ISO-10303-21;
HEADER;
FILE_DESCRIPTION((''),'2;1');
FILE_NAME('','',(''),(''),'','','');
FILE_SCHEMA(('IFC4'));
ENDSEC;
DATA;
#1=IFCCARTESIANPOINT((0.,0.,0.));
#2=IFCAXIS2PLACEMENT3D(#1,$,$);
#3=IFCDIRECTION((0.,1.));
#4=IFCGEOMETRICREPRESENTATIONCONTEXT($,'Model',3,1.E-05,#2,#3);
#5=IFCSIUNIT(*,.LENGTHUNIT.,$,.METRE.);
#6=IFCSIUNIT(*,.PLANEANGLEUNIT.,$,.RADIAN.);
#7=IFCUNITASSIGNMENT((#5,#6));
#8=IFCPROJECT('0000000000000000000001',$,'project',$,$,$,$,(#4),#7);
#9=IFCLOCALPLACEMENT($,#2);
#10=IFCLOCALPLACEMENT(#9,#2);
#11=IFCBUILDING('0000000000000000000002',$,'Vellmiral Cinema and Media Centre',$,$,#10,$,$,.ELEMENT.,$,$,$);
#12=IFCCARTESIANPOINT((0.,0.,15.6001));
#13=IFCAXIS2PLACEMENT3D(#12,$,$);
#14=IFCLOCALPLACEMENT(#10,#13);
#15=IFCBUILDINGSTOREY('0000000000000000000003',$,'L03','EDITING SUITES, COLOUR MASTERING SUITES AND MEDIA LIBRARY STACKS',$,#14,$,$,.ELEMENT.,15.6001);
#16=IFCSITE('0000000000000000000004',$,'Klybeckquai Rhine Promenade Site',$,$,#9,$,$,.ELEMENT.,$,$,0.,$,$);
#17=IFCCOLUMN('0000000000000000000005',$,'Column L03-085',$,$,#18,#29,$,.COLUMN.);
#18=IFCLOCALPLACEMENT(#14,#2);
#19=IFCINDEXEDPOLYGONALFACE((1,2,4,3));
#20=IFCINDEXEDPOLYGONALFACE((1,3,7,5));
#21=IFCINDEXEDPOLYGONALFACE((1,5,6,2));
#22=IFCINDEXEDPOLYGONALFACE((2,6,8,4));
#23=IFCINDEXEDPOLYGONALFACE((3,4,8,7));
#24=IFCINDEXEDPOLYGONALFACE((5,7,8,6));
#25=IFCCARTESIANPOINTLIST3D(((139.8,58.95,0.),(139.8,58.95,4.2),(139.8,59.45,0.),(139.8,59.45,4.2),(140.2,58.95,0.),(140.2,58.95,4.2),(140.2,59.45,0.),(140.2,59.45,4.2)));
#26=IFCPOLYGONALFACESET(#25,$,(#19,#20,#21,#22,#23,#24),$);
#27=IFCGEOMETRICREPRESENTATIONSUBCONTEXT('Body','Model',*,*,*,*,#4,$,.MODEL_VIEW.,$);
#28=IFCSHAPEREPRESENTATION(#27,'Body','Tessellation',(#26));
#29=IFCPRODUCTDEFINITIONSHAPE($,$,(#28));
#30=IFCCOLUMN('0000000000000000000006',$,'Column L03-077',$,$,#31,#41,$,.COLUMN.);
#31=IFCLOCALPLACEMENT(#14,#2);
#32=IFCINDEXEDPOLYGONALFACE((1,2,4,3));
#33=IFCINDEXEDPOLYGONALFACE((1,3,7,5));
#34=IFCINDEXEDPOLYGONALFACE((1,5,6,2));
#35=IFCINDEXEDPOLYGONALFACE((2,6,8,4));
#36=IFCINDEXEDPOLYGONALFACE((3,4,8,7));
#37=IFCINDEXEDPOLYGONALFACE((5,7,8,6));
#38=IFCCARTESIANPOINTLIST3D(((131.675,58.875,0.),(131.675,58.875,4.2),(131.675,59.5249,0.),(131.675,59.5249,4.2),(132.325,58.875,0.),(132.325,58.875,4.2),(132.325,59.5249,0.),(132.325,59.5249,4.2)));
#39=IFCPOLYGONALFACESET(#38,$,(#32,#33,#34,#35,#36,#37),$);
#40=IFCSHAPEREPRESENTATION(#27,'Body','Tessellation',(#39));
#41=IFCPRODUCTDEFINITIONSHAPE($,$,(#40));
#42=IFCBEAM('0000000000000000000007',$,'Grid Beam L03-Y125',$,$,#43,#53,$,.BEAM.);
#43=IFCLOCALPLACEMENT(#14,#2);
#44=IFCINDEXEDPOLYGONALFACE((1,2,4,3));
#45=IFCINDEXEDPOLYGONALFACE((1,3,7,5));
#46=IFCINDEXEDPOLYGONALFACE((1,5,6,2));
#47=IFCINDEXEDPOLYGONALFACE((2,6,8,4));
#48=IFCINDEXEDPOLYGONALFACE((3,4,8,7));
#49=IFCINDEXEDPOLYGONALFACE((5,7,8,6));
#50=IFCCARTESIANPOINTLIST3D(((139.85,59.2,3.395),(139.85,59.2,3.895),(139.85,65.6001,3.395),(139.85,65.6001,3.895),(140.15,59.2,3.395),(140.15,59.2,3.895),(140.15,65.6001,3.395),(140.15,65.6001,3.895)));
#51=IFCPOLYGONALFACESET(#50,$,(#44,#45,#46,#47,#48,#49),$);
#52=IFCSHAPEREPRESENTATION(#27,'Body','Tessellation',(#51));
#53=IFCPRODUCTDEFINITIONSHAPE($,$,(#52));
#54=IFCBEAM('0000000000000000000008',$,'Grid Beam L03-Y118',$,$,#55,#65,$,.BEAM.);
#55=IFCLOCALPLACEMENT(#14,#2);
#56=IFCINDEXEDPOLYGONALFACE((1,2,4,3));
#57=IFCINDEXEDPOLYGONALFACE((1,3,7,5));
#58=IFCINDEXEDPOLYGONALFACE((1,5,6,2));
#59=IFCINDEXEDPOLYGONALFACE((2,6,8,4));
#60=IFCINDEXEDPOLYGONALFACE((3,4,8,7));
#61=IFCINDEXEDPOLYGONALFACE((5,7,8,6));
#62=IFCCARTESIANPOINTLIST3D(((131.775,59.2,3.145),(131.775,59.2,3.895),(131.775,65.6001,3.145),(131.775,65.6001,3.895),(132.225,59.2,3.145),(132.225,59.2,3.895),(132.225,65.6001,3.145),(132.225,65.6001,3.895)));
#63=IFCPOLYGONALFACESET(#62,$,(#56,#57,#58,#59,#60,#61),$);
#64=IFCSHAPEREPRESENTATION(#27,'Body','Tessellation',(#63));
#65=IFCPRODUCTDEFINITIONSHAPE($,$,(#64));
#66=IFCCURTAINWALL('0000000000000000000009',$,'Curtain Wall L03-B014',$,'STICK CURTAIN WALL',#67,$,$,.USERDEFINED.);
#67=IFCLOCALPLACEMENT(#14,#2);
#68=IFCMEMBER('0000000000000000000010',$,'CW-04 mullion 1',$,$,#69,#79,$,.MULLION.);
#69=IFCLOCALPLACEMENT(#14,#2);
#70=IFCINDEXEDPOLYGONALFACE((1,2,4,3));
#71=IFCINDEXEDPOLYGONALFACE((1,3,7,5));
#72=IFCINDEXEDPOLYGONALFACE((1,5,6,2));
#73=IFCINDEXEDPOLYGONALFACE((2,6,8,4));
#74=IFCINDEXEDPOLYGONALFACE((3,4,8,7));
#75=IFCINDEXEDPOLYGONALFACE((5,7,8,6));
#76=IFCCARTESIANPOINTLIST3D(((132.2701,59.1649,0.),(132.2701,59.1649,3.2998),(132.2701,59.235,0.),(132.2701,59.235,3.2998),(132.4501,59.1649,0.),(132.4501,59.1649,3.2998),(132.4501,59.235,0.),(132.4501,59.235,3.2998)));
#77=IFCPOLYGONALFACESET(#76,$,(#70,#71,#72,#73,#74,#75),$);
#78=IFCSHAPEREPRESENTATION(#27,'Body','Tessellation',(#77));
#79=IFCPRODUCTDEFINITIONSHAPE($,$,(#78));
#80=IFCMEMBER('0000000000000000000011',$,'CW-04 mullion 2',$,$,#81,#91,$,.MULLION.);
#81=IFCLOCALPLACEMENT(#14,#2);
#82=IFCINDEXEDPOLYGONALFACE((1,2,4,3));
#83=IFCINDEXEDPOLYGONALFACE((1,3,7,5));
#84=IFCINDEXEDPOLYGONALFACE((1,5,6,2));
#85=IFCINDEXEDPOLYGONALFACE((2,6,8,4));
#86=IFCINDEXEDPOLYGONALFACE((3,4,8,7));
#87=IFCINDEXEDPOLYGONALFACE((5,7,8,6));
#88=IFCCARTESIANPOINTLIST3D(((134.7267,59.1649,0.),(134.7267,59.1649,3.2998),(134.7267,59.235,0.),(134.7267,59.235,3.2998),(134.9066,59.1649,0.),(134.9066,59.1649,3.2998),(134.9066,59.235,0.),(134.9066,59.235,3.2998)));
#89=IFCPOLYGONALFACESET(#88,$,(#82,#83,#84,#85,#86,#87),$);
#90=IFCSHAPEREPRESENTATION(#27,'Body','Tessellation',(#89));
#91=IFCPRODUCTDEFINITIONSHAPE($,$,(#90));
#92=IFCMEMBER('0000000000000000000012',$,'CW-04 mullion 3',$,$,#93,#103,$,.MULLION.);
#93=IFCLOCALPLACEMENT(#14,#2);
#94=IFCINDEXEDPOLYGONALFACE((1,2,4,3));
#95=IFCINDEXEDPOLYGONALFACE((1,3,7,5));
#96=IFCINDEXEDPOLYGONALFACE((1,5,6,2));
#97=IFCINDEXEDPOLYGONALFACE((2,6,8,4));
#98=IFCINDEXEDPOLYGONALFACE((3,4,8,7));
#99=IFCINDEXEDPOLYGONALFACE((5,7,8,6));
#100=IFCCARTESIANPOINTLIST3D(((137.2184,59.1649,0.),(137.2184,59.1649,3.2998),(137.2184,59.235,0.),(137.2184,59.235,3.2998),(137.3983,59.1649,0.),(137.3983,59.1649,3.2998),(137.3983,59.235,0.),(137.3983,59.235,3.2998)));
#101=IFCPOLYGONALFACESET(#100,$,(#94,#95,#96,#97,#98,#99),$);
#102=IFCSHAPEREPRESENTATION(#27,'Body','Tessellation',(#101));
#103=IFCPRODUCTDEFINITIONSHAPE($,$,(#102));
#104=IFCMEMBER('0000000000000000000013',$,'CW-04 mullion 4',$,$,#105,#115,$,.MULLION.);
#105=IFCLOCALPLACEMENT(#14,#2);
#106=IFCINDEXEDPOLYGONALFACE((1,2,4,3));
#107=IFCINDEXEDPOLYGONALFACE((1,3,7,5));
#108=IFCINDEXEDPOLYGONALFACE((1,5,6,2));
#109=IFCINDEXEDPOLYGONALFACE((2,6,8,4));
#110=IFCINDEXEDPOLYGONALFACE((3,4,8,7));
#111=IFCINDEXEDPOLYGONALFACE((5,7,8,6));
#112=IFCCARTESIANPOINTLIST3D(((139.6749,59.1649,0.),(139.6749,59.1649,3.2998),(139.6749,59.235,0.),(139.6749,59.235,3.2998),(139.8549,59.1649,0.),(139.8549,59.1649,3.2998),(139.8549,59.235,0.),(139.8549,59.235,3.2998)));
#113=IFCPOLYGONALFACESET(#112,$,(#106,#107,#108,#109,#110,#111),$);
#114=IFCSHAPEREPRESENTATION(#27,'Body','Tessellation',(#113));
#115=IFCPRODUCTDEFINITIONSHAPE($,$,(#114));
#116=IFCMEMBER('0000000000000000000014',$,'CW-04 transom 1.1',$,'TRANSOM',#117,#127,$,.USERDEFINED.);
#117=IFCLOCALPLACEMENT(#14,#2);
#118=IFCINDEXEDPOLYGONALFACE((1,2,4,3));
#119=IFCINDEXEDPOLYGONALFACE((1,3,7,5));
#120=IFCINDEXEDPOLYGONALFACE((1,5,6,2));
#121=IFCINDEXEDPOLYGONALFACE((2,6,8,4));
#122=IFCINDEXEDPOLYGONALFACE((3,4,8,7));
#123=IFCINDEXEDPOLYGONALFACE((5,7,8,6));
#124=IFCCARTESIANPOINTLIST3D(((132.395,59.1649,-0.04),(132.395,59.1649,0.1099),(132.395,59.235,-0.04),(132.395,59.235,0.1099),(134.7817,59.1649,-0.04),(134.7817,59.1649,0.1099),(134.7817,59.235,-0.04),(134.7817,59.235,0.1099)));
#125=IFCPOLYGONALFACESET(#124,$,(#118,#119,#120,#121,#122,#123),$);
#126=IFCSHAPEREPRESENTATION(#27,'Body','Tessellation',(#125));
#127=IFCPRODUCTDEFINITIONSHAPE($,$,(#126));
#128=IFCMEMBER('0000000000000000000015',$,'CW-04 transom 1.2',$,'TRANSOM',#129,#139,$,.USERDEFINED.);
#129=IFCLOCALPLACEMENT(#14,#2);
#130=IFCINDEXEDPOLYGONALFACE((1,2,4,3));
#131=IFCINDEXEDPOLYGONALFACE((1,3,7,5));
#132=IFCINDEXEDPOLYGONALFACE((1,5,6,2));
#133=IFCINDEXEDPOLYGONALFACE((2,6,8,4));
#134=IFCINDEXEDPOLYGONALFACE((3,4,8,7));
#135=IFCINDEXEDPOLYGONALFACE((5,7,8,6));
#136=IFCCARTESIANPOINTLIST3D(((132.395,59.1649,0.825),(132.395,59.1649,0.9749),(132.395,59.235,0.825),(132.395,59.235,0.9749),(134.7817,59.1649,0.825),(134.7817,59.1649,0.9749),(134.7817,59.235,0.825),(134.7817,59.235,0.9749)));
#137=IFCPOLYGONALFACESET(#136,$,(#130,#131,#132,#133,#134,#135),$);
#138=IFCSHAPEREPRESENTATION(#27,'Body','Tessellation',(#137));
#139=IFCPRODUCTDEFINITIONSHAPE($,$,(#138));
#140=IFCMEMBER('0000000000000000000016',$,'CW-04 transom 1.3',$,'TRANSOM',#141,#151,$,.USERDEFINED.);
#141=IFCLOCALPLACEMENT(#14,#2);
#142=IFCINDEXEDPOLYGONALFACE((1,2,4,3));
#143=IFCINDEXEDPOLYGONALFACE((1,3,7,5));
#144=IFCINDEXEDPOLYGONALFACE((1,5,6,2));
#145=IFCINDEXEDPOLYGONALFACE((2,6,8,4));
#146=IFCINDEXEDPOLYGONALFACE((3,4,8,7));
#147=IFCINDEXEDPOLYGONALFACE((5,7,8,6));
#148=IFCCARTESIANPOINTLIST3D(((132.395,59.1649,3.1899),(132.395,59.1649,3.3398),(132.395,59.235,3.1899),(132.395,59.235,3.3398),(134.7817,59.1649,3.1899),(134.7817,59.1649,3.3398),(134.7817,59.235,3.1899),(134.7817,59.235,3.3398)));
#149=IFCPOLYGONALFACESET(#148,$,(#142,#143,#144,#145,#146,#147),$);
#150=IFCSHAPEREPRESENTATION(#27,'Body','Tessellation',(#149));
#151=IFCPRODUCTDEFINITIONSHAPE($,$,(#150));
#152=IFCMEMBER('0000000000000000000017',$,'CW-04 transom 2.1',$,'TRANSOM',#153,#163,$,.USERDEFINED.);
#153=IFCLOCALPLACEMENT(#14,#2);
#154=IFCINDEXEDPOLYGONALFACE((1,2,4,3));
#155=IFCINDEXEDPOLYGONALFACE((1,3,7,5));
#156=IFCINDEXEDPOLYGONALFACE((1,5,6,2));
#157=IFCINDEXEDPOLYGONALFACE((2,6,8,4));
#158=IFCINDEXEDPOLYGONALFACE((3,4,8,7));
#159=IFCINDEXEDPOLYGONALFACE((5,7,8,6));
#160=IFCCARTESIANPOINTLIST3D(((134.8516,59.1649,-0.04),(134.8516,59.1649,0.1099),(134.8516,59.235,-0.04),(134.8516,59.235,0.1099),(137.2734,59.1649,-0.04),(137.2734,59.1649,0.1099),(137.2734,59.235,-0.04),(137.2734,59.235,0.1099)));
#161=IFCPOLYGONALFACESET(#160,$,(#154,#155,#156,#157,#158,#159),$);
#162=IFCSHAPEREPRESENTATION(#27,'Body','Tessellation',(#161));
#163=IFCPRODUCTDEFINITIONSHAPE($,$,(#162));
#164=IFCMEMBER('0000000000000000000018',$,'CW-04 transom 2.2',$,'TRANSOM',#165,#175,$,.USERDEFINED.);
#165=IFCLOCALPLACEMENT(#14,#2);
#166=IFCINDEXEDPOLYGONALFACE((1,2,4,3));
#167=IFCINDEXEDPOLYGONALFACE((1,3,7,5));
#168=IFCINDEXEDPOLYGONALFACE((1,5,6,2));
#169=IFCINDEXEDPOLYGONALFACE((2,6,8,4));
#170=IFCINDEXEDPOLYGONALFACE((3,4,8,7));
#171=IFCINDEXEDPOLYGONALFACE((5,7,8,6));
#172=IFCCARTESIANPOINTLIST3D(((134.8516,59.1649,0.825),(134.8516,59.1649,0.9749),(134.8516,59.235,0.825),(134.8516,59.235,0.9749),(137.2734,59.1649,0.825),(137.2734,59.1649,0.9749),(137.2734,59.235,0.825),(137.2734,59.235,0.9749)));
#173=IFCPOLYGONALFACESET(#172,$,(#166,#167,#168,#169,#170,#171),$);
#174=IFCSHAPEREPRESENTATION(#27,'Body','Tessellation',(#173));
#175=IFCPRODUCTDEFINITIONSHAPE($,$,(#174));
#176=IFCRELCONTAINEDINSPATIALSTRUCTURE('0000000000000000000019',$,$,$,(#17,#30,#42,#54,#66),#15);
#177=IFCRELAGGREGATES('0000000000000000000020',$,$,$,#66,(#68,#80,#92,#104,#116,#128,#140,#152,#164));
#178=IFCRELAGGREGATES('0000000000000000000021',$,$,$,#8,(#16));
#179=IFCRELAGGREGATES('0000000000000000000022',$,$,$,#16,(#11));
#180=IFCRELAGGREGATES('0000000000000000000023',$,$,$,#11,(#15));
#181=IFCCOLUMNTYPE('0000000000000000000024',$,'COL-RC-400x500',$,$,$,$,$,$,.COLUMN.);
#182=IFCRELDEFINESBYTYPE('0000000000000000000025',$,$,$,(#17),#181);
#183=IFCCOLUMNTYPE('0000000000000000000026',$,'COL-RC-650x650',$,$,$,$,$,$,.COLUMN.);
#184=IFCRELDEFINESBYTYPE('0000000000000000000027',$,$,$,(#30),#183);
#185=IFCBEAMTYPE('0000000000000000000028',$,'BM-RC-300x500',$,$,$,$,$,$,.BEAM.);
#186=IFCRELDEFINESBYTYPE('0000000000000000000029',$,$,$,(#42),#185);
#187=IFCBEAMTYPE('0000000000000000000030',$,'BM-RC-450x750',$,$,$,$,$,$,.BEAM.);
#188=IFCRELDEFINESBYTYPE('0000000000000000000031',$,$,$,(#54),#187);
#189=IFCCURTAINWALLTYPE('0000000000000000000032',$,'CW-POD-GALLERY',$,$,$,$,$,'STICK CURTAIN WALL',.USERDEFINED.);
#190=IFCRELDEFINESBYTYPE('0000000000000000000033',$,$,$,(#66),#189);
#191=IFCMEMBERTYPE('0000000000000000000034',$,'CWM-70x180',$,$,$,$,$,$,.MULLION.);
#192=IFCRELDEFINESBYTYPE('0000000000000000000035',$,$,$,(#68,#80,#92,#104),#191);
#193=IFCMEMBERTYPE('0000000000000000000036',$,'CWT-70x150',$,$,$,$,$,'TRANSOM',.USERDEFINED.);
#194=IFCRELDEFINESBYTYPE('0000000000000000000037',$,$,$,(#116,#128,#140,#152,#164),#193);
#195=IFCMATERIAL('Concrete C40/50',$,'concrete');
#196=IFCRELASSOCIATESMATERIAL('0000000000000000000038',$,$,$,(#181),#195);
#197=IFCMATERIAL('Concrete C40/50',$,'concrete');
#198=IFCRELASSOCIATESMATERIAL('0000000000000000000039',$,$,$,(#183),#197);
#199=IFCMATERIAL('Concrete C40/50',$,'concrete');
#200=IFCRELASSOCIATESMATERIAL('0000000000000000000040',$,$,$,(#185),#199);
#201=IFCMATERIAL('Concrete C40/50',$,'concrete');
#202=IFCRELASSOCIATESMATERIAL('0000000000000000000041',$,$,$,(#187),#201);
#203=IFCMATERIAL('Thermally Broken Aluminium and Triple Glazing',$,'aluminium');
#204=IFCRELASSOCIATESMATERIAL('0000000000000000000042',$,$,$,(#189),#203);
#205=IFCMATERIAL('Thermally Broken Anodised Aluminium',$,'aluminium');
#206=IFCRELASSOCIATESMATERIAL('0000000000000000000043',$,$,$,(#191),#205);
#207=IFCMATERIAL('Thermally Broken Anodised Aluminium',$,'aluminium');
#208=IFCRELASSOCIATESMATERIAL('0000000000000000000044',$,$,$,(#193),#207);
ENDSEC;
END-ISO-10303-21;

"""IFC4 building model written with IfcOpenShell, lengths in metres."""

from ifc_helpers import new_model, si_unit, direction, frame, origin, origin_2d, place, context, subcontext, project, spatial, rectangle, extrude, material, material_profile, profile_set, type_object, element, aggregate, save


model = new_model("IFC4")

# Units and contexts
model_context = context("Model", 3, precision=1e-05, world=origin(), true_north=direction((0.0, 1.0)))
body_context = subcontext(model_context, "Body", "Model", "MODEL_VIEW")
ifc_project = project(units=[si_unit("LENGTHUNIT", "METRE"), si_unit("PLANEANGLEUNIT", "RADIAN")], contexts=[model_context])

# Site, building, storey
site_placement = place(None, origin())
site = spatial("IfcSite", under=ifc_project, at=site_placement, Name="Klybeckquai Rhine Promenade Site", CompositionType="ELEMENT", RefElevation=0.0)
building_placement = place(site_placement, origin())
building = spatial("IfcBuilding", under=site, at=building_placement, Name="Vellmiral Cinema and Media Centre", CompositionType="ELEMENT")
storey_placement = place(building_placement, frame((0.0, 0.0, 15.6001)))
storey = spatial("IfcBuildingStorey", under=building, at=storey_placement, Name="L03", Description="EDITING SUITES, COLOUR MASTERING SUITES AND MEDIA LIBRARY STACKS", CompositionType="ELEMENT", Elevation=15.6001)

# Columns
ifc_material_1 = material(Name="Concrete C40/50", Category="concrete")
ifc_material_profile_1 = material_profile(ifc_material_1, rectangle(XDim=0.3999, YDim=0.5, at=origin_2d()), Name="RC 400x500")
ifc_profile_set_1 = profile_set([ifc_material_profile_1], Name="Concrete C40/50")
column_type_1 = type_object("IfcColumnType", Name="COL-RC-400x500", PredefinedType="COLUMN", material=ifc_profile_set_1)
column_1_placement = place(storey_placement, frame((140.0, 59.2, 0.0), z_axis=(0.0, 0.0, 1.0), x_axis=(1.0, 0.0, 0.0)))
element("IfcColumn", 1, at=column_1_placement, inside=storey, type_object=column_type_1, Name="Column L03-085", PredefinedType="COLUMN", context=body_context, shape_type="SweptSolid", body=[
    extrude(rectangle(XDim=0.3999, YDim=0.5, at=origin_2d()), origin(), (0.0, 0.0, 1.0), 4.2),
])
ifc_material_2 = material(Name="Concrete C40/50", Category="concrete")
ifc_material_profile_2 = material_profile(ifc_material_2, rectangle(XDim=0.6499, YDim=0.6499, at=origin_2d()), Name="RC 650x650")
ifc_profile_set_2 = profile_set([ifc_material_profile_2], Name="Concrete C40/50")
column_type_2 = type_object("IfcColumnType", Name="COL-RC-650x650", PredefinedType="COLUMN", material=ifc_profile_set_2)
column_2_placement = place(storey_placement, frame((132.0, 59.2, 0.0), z_axis=(0.0, 0.0, 1.0), x_axis=(1.0, 0.0, 0.0)))
element("IfcColumn", 2, at=column_2_placement, inside=storey, type_object=column_type_2, Name="Column L03-077", PredefinedType="COLUMN", context=body_context, shape_type="SweptSolid", body=[
    extrude(rectangle(XDim=0.6499, YDim=0.6499, at=origin_2d()), origin(), (0.0, 0.0, 1.0), 4.2),
])

# Beams
ifc_material_3 = material(Name="Concrete C40/50", Category="concrete")
ifc_material_profile_3 = material_profile(ifc_material_3, rectangle(XDim=0.3, YDim=0.5, at=origin_2d()), Name="RC 300x500")
ifc_profile_set_3 = profile_set([ifc_material_profile_3], Name="Concrete C40/50")
beam_type_1 = type_object("IfcBeamType", Name="BM-RC-300x500", PredefinedType="BEAM", material=ifc_profile_set_3)
beam_1_placement = place(storey_placement, frame((140.0, 59.2, 3.645), z_axis=(0.0, 1.0, 0.0), x_axis=(-1.0, 0.0, 0.0)))
element("IfcBeam", 3, at=beam_1_placement, inside=storey, type_object=beam_type_1, Name="Grid Beam L03-Y125", PredefinedType="BEAM", context=body_context, shape_type="SweptSolid", body=[
    extrude(rectangle(XDim=0.3, YDim=0.5, at=origin_2d()), origin(), (0.0, 0.0, 1.0), 6.4001),
])
ifc_material_4 = material(Name="Concrete C40/50", Category="concrete")
ifc_material_profile_4 = material_profile(ifc_material_4, rectangle(XDim=0.45, YDim=0.75, at=origin_2d()), Name="RC 450x750")
ifc_profile_set_4 = profile_set([ifc_material_profile_4], Name="Concrete C40/50")
beam_type_2 = type_object("IfcBeamType", Name="BM-RC-450x750", PredefinedType="BEAM", material=ifc_profile_set_4)
beam_2_placement = place(storey_placement, frame((132.0, 59.2, 3.52), z_axis=(0.0, 1.0, 0.0), x_axis=(-1.0, 0.0, 0.0)))
element("IfcBeam", 4, at=beam_2_placement, inside=storey, type_object=beam_type_2, Name="Grid Beam L03-Y118", PredefinedType="BEAM", context=body_context, shape_type="SweptSolid", body=[
    extrude(rectangle(XDim=0.45, YDim=0.75, at=origin_2d()), origin(), (0.0, 0.0, 1.0), 6.4001),
])

# Curtain wall, members
ifc_material_5 = material(Name="Thermally Broken Aluminium and Triple Glazing", Category="aluminium")
curtain_wall_type = type_object("IfcCurtainWallType", Name="CW-POD-GALLERY", ElementType="STICK CURTAIN WALL", PredefinedType="USERDEFINED", material=ifc_material_5)
curtain_wall_placement = place(storey_placement, origin())
curtain_wall = element("IfcCurtainWall", 5, at=curtain_wall_placement, inside=storey, type_object=curtain_wall_type, Name="Curtain Wall L03-B014", ObjectType="STICK CURTAIN WALL", PredefinedType="USERDEFINED")
ifc_material_6 = material(Name="Thermally Broken Anodised Aluminium", Category="aluminium")
ifc_material_profile_5 = material_profile(ifc_material_6, rectangle(XDim=0.0701, YDim=0.1799, at=origin_2d()), Name="MULL 70x180")
ifc_profile_set_5 = profile_set([ifc_material_profile_5], Name="Thermally Broken Anodised Aluminium")
member_type_1 = type_object("IfcMemberType", Name="CWM-70x180", PredefinedType="MULLION", material=ifc_profile_set_5)
member_1_placement = place(storey_placement, frame((132.3601, 59.2, 0.0), z_axis=(0.0, 0.0, 1.0), x_axis=(0.0, 1.0, 0.0)))
member_1 = element("IfcMember", 6, at=member_1_placement, type_object=member_type_1, Name="CW-04 mullion 1", PredefinedType="MULLION", context=body_context, shape_type="SweptSolid", body=[
    extrude(rectangle(XDim=0.0701, YDim=0.1799, at=origin_2d()), origin(), (0.0, 0.0, 1.0), 3.2998),
])
member_2_placement = place(storey_placement, frame((134.8167, 59.2, 0.0), z_axis=(0.0, 0.0, 1.0), x_axis=(0.0, 1.0, 0.0)))
member_2 = element("IfcMember", 7, at=member_2_placement, type_object=member_type_1, Name="CW-04 mullion 2", PredefinedType="MULLION", context=body_context, shape_type="SweptSolid", body=[
    extrude(rectangle(XDim=0.0701, YDim=0.1799, at=origin_2d()), origin(), (0.0, 0.0, 1.0), 3.2998),
])
member_3_placement = place(storey_placement, frame((137.3083, 59.2, 0.0), z_axis=(0.0, 0.0, 1.0), x_axis=(0.0, 1.0, 0.0)))
member_3 = element("IfcMember", 8, at=member_3_placement, type_object=member_type_1, Name="CW-04 mullion 3", PredefinedType="MULLION", context=body_context, shape_type="SweptSolid", body=[
    extrude(rectangle(XDim=0.0701, YDim=0.1799, at=origin_2d()), origin(), (0.0, 0.0, 1.0), 3.2998),
])
member_4_placement = place(storey_placement, frame((139.7649, 59.2, 0.0), z_axis=(0.0, 0.0, 1.0), x_axis=(0.0, 1.0, 0.0)))
member_4 = element("IfcMember", 9, at=member_4_placement, type_object=member_type_1, Name="CW-04 mullion 4", PredefinedType="MULLION", context=body_context, shape_type="SweptSolid", body=[
    extrude(rectangle(XDim=0.0701, YDim=0.1799, at=origin_2d()), origin(), (0.0, 0.0, 1.0), 3.2998),
])
ifc_material_7 = material(Name="Thermally Broken Anodised Aluminium", Category="aluminium")
ifc_material_profile_6 = material_profile(ifc_material_7, rectangle(XDim=0.0701, YDim=0.1499, at=origin_2d()), Name="MULL 70x150")
ifc_profile_set_6 = profile_set([ifc_material_profile_6], Name="Thermally Broken Anodised Aluminium")
member_type_2 = type_object("IfcMemberType", Name="CWT-70x150", ElementType="TRANSOM", PredefinedType="USERDEFINED", material=ifc_profile_set_6)
member_5_placement = place(storey_placement, frame((132.395, 59.2, 0.0349), z_axis=(1.0, 0.0, 0.0), x_axis=(0.0, 1.0, 0.0)))
member_5 = element("IfcMember", 10, at=member_5_placement, type_object=member_type_2, Name="CW-04 transom 1.1", ObjectType="TRANSOM", PredefinedType="USERDEFINED", context=body_context, shape_type="SweptSolid", body=[
    extrude(rectangle(XDim=0.0701, YDim=0.1499, at=origin_2d()), origin(), (0.0, 0.0, 1.0), 2.3867),
])
member_6_placement = place(storey_placement, frame((132.395, 59.2, 0.8999), z_axis=(1.0, 0.0, 0.0), x_axis=(0.0, 1.0, 0.0)))
member_6 = element("IfcMember", 11, at=member_6_placement, type_object=member_type_2, Name="CW-04 transom 1.2", ObjectType="TRANSOM", PredefinedType="USERDEFINED", context=body_context, shape_type="SweptSolid", body=[
    extrude(rectangle(XDim=0.0701, YDim=0.1499, at=origin_2d()), origin(), (0.0, 0.0, 1.0), 2.3867),
])
member_7_placement = place(storey_placement, frame((132.395, 59.2, 3.2649), z_axis=(1.0, 0.0, 0.0), x_axis=(0.0, 1.0, 0.0)))
member_7 = element("IfcMember", 12, at=member_7_placement, type_object=member_type_2, Name="CW-04 transom 1.3", ObjectType="TRANSOM", PredefinedType="USERDEFINED", context=body_context, shape_type="SweptSolid", body=[
    extrude(rectangle(XDim=0.0701, YDim=0.1499, at=origin_2d()), origin(), (0.0, 0.0, 1.0), 2.3867),
])
member_8_placement = place(storey_placement, frame((134.8516, 59.2, 0.0349), z_axis=(1.0, 0.0, 0.0), x_axis=(0.0, 1.0, 0.0)))
member_8 = element("IfcMember", 13, at=member_8_placement, type_object=member_type_2, Name="CW-04 transom 2.1", ObjectType="TRANSOM", PredefinedType="USERDEFINED", context=body_context, shape_type="SweptSolid", body=[
    extrude(rectangle(XDim=0.0701, YDim=0.1499, at=origin_2d()), origin(), (0.0, 0.0, 1.0), 2.4219),
])
member_9_placement = place(storey_placement, frame((134.8516, 59.2, 0.8999), z_axis=(1.0, 0.0, 0.0), x_axis=(0.0, 1.0, 0.0)))
member_9 = element("IfcMember", 14, at=member_9_placement, type_object=member_type_2, Name="CW-04 transom 2.2", ObjectType="TRANSOM", PredefinedType="USERDEFINED", context=body_context, shape_type="SweptSolid", body=[
    extrude(rectangle(XDim=0.0701, YDim=0.1499, at=origin_2d()), origin(), (0.0, 0.0, 1.0), 2.4219),
])

aggregate(curtain_wall, [member_1, member_2, member_3, member_4, member_5, member_6, member_7, member_8, member_9])

save(model, "model.ifc")
